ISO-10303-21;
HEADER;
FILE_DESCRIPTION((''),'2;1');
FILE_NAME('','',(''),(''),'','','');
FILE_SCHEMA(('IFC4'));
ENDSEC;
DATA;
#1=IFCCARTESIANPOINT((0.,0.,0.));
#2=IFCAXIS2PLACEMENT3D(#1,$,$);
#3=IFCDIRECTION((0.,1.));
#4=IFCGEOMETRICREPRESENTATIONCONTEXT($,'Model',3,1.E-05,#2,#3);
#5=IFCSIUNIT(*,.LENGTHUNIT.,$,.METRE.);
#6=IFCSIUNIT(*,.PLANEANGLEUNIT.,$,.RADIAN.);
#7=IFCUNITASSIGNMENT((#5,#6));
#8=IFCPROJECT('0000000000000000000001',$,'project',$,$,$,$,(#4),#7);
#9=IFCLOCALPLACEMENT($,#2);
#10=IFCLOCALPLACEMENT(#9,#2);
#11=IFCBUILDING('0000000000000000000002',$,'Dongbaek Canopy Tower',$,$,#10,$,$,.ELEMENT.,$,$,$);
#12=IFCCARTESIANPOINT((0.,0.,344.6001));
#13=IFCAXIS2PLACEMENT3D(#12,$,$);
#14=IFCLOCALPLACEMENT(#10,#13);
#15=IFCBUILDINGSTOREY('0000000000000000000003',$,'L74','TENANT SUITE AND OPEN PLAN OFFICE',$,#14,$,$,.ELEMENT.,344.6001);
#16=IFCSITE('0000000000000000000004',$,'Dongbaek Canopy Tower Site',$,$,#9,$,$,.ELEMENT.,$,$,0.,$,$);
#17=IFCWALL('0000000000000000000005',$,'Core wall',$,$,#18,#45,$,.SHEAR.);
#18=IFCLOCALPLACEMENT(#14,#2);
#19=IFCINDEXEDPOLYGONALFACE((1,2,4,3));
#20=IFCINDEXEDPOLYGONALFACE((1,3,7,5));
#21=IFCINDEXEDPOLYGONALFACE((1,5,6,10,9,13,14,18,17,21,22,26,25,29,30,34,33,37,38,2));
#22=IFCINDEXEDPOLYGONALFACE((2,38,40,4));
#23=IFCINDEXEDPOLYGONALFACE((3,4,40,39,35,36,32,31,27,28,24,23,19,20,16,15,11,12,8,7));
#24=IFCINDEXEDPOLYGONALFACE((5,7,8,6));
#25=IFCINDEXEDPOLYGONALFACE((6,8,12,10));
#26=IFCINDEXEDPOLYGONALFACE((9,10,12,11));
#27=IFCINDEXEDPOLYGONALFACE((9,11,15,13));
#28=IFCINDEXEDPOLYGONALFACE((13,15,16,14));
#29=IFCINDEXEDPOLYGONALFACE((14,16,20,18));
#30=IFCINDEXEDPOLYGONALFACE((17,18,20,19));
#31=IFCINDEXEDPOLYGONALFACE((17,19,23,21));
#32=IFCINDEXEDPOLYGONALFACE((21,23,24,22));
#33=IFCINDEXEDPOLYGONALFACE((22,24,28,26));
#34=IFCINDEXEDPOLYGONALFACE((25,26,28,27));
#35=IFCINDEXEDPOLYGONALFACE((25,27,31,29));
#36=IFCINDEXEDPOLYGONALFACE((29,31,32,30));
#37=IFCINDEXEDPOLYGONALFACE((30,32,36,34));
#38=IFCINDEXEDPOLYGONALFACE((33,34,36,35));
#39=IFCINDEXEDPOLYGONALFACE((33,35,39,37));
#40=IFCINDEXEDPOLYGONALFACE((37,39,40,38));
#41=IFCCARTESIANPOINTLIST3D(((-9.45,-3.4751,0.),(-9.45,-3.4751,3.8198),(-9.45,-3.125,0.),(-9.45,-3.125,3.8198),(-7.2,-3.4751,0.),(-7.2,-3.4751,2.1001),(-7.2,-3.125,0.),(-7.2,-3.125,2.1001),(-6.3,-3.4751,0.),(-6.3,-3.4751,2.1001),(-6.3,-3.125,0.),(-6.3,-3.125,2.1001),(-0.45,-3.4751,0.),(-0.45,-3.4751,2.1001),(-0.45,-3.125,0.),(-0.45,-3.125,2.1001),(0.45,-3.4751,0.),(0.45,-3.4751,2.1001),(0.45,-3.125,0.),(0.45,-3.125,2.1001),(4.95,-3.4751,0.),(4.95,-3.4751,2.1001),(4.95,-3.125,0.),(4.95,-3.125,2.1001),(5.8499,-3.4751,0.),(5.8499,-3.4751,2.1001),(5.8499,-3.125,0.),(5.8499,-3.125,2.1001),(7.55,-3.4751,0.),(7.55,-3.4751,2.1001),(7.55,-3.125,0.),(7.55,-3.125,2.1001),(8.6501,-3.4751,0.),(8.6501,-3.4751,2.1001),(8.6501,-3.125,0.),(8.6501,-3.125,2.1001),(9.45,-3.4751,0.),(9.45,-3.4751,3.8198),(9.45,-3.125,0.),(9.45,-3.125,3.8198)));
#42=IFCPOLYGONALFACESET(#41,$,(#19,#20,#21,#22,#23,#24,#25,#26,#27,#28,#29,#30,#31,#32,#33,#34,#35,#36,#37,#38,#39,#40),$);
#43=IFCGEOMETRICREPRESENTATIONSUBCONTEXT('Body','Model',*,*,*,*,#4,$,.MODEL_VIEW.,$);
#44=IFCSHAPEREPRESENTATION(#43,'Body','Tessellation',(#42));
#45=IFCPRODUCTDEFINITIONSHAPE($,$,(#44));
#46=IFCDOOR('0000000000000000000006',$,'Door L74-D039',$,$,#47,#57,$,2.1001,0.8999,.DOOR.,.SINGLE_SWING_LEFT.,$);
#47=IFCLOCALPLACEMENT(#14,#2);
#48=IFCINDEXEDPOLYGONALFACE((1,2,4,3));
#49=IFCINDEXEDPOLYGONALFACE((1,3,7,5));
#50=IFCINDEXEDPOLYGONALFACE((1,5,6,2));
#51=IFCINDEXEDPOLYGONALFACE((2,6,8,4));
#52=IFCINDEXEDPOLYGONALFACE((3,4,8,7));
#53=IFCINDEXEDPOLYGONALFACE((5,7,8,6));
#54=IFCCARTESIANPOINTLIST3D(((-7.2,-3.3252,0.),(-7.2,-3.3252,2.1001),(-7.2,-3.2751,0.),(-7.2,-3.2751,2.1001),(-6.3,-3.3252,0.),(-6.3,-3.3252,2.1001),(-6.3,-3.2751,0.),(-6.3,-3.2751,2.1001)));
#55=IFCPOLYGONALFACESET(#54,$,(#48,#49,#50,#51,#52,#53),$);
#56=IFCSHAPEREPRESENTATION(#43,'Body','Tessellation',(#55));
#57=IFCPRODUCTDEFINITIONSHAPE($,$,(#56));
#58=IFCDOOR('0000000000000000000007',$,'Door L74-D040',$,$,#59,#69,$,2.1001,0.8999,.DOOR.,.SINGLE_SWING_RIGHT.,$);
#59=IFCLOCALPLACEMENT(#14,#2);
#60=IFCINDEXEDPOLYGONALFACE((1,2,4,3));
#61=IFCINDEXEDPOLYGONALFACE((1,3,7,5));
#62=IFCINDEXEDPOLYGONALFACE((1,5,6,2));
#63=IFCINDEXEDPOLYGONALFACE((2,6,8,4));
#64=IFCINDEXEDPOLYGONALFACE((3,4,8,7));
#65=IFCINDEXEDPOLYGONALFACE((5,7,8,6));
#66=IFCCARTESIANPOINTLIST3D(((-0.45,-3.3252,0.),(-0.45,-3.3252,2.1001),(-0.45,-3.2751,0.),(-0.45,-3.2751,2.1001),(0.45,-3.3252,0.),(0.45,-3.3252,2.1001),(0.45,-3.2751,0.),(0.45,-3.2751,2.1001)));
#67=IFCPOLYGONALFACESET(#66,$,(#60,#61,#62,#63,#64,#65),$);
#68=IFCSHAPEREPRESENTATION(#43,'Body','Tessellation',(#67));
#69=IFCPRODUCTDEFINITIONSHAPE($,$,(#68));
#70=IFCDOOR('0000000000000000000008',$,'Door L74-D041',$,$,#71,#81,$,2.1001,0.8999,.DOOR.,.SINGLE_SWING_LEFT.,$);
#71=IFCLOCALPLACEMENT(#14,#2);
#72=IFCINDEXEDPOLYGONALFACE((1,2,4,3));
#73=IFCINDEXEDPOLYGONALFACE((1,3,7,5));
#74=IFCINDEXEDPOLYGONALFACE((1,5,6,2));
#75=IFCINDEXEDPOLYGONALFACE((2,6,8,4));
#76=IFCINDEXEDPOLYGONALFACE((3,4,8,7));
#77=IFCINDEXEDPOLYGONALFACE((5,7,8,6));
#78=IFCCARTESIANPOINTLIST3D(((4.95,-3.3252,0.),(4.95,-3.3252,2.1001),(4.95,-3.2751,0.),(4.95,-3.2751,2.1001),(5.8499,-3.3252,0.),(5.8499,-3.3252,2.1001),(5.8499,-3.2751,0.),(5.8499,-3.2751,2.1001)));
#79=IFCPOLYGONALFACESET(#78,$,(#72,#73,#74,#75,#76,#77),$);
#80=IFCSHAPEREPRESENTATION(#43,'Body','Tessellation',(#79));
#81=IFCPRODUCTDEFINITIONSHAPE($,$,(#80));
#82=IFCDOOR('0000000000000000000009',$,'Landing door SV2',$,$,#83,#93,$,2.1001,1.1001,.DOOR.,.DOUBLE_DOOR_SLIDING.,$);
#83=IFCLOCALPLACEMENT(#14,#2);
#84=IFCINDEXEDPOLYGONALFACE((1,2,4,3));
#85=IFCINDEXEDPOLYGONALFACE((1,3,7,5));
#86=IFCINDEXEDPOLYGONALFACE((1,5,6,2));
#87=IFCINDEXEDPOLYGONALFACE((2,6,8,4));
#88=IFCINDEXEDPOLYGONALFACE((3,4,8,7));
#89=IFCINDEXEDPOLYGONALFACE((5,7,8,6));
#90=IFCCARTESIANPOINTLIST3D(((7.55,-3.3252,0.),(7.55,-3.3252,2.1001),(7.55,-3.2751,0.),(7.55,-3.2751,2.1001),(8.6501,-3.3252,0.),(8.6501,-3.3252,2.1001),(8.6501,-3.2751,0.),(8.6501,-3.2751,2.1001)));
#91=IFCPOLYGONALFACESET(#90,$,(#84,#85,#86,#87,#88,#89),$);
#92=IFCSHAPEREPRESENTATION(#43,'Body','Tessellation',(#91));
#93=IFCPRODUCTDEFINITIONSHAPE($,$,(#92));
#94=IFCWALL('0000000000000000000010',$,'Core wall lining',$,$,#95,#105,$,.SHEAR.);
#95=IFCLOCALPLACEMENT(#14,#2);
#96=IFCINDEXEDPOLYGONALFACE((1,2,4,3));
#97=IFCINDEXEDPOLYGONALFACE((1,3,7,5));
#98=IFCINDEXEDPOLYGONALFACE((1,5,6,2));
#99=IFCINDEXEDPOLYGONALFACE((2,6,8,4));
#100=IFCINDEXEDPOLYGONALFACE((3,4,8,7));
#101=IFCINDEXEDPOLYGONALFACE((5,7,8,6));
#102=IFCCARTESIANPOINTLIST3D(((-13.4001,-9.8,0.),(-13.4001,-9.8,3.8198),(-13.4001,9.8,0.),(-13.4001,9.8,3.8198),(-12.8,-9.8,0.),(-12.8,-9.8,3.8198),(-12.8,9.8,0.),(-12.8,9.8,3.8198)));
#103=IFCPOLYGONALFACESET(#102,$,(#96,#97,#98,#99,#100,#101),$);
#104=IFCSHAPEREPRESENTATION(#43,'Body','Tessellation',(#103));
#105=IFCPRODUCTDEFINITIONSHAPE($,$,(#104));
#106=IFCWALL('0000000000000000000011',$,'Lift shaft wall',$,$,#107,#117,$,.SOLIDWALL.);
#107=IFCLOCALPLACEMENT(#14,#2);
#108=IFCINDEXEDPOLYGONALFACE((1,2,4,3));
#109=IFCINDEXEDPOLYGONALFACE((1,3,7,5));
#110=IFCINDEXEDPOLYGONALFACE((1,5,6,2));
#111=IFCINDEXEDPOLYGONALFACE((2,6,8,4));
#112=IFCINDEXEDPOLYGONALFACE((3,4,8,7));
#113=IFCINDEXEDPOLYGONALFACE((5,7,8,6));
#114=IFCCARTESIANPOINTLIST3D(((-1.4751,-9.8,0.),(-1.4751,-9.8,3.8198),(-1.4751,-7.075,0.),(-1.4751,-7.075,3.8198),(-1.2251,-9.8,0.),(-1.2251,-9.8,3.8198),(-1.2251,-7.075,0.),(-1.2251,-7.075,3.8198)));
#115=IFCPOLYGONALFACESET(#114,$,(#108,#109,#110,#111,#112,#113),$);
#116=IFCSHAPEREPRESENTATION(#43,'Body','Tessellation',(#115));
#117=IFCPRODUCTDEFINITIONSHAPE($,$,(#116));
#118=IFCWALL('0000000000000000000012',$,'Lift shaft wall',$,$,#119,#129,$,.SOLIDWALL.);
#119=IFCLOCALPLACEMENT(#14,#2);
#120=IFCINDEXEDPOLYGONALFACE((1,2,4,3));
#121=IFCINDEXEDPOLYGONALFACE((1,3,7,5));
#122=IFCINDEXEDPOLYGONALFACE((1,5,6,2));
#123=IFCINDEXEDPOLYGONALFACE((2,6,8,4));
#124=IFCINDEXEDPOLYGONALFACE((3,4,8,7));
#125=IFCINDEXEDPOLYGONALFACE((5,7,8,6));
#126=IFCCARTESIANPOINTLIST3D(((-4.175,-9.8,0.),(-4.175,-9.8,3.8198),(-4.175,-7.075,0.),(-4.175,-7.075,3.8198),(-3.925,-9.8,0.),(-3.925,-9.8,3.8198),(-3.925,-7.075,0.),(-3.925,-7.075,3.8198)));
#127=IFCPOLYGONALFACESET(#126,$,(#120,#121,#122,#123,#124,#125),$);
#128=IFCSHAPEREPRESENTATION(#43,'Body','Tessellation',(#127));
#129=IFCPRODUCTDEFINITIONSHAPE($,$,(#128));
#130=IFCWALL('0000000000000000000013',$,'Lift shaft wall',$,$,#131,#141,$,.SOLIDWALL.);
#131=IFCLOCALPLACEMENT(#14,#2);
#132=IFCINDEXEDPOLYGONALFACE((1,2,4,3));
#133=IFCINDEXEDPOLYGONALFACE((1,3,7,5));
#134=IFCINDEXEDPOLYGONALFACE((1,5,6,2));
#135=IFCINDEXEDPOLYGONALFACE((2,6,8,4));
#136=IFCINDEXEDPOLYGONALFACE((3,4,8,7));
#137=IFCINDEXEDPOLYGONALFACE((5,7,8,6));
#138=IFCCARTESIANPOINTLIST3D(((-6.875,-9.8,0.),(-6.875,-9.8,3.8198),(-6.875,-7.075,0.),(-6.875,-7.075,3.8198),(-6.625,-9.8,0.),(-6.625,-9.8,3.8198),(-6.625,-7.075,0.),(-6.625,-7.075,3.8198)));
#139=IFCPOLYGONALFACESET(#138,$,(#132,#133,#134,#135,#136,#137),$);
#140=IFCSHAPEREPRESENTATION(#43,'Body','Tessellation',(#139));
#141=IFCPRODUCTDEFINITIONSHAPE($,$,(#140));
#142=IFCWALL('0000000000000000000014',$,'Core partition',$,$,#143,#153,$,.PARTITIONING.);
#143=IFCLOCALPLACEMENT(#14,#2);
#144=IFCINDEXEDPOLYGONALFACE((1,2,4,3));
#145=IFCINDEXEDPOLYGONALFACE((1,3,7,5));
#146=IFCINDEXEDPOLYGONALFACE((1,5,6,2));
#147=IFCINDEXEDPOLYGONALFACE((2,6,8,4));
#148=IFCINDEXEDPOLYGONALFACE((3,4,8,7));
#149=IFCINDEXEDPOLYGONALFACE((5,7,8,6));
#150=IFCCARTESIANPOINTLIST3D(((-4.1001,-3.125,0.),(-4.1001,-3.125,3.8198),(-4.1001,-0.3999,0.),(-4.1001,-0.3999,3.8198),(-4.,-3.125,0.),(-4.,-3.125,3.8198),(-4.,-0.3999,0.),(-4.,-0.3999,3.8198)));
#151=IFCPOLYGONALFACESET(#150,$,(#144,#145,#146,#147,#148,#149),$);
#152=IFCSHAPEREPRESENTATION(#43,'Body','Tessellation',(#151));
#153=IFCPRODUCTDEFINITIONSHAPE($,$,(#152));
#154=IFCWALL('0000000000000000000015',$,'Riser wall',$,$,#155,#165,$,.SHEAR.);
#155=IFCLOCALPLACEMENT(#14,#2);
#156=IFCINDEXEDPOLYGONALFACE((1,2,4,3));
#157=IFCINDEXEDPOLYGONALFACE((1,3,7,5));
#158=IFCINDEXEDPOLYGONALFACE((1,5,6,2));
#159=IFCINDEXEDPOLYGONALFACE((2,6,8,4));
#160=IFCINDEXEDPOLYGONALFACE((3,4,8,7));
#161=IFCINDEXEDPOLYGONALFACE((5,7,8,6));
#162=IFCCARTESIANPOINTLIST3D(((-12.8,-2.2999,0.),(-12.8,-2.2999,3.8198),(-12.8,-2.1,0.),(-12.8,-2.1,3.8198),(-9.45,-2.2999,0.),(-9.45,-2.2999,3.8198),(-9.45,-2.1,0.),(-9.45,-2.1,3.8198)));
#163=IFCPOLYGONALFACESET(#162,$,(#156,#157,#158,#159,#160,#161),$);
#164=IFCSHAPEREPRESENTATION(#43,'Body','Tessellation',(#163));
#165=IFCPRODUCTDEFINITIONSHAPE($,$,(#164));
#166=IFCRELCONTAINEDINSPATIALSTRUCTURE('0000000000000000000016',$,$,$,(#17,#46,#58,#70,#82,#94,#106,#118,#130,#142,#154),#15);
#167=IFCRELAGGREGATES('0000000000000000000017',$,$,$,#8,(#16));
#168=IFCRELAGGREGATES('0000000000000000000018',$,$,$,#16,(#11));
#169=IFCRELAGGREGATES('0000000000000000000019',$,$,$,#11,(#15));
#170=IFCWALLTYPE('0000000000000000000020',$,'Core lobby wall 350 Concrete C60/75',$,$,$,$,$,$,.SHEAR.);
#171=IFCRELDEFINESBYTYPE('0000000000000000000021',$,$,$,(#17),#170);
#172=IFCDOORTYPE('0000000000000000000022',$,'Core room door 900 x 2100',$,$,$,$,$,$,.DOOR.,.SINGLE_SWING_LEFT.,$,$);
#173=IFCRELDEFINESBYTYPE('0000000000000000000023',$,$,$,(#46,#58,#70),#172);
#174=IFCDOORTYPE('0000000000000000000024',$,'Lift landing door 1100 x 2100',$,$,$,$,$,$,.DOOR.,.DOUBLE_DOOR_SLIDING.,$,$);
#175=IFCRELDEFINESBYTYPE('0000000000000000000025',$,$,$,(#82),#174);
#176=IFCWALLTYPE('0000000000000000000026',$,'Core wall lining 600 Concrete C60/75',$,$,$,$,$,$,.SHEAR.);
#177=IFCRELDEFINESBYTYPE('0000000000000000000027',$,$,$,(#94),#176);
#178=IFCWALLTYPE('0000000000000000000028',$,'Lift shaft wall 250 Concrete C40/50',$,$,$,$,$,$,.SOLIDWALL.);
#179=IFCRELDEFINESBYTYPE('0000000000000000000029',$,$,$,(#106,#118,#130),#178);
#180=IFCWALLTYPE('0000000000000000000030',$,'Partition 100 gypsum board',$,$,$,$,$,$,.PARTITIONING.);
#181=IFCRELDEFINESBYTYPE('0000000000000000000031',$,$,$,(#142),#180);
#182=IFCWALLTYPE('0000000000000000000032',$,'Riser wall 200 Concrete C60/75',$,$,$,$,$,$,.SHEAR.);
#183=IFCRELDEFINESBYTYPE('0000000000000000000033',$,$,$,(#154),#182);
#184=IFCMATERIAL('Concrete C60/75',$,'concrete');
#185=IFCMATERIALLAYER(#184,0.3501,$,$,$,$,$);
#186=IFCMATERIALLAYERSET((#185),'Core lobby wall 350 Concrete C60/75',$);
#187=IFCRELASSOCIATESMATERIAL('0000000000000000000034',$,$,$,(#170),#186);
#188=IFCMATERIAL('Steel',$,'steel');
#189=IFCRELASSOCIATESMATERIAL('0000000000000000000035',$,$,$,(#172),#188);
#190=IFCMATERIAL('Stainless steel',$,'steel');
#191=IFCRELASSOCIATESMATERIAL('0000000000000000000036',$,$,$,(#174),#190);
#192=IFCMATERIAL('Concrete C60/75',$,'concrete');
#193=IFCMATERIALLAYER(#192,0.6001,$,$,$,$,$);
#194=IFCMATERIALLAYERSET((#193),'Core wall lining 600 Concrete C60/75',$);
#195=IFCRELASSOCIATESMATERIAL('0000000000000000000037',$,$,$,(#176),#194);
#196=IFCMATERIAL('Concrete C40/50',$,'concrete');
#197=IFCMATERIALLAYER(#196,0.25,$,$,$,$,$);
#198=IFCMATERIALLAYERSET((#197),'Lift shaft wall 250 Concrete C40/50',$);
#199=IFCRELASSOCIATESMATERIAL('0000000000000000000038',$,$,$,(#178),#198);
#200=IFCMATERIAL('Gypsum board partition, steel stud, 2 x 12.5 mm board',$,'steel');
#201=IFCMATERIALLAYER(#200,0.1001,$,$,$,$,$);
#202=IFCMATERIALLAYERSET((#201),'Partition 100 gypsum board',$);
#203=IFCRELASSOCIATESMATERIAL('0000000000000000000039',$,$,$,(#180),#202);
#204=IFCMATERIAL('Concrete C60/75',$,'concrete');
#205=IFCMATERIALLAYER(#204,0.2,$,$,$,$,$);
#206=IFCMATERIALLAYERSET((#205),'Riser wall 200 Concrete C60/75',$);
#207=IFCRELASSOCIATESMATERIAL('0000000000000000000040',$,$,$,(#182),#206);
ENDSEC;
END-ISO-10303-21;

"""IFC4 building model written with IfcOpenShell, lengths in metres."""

from ifc_helpers import new_model, si_unit, direction, frame, frame_2d, origin, place, context, subcontext, project, spatial, rectangle, extrude, material, layer, layer_set, type_object, element, fill, save


model = new_model("IFC4")

# Units and contexts
model_context = context("Model", 3, precision=1e-05, world=origin(), true_north=direction((0.0, 1.0)))
body_context = subcontext(model_context, "Body", "Model", "MODEL_VIEW")
ifc_project = project(units=[si_unit("LENGTHUNIT", "METRE"), si_unit("PLANEANGLEUNIT", "RADIAN")], contexts=[model_context])

# Site, building, storey
site_placement = place(None, origin())
site = spatial("IfcSite", under=ifc_project, at=site_placement, Name="Dongbaek Canopy Tower Site", CompositionType="ELEMENT", RefElevation=0.0)
building_placement = place(site_placement, origin())
building = spatial("IfcBuilding", under=site, at=building_placement, Name="Dongbaek Canopy Tower", CompositionType="ELEMENT")
storey_placement = place(building_placement, frame((0.0, 0.0, 344.6001)))
storey = spatial("IfcBuildingStorey", under=building, at=storey_placement, Name="L74", Description="TENANT SUITE AND OPEN PLAN OFFICE", CompositionType="ELEMENT", Elevation=344.6001)

# Wall, openings, doors
ifc_material_1 = material(Name="Concrete C60/75", Category="concrete")
ifc_layer_1 = layer(ifc_material_1, 0.3501)
ifc_layer_set_1 = layer_set([ifc_layer_1], Name="Core lobby wall 350 Concrete C60/75")
wall_type_1 = type_object("IfcWallType", Name="Core lobby wall 350 Concrete C60/75", PredefinedType="SHEAR", material=ifc_layer_set_1)
wall_1_placement = place(storey_placement, frame((-9.45, -3.3, 0.0), z_axis=(0.0, 0.0, 1.0), x_axis=(1.0, 0.0, 0.0)))
wall_1 = element("IfcWall", 1, at=wall_1_placement, inside=storey, type_object=wall_type_1, Name="Core wall", PredefinedType="SHEAR", context=body_context, shape_type="SweptSolid", body=[
    extrude(rectangle(XDim=18.8999, YDim=0.3501, at=frame_2d((9.45, 0.0))), origin(), (0.0, 0.0, 1.0), 3.8198),
])
opening_1_placement = place(wall_1_placement, frame((17.0, 0.0, 0.0)))
opening_1 = element("IfcOpeningElement", 2, at=opening_1_placement, cuts=wall_1, PredefinedType="OPENING", context=body_context, shape_type="SweptSolid", body=[
    extrude(rectangle(XDim=1.1001, YDim=2.1001, at=frame_2d((0.55, 1.05))), frame((0.0, 0.1851, 0.0), z_axis=(0.0, -1.0, 0.0), x_axis=(1.0, 0.0, 0.0)), (0.0, 0.0, 1.0), 0.3701),
])
opening_2_placement = place(wall_1_placement, frame((2.25, 0.0, 0.0)))
opening_2 = element("IfcOpeningElement", 3, at=opening_2_placement, cuts=wall_1, PredefinedType="OPENING", context=body_context, shape_type="SweptSolid", body=[
    extrude(rectangle(XDim=0.8999, YDim=2.1001, at=frame_2d((0.45, 1.05))), frame((0.0, 0.1851, 0.0), z_axis=(0.0, -1.0, 0.0), x_axis=(1.0, 0.0, 0.0)), (0.0, 0.0, 1.0), 0.3701),
])
opening_3_placement = place(wall_1_placement, frame((9.0, 0.0, 0.0)))
opening_3 = element("IfcOpeningElement", 4, at=opening_3_placement, cuts=wall_1, PredefinedType="OPENING", context=body_context, shape_type="SweptSolid", body=[
    extrude(rectangle(XDim=0.8999, YDim=2.1001, at=frame_2d((0.45, 1.05))), frame((0.0, 0.1851, 0.0), z_axis=(0.0, -1.0, 0.0), x_axis=(1.0, 0.0, 0.0)), (0.0, 0.0, 1.0), 0.3701),
])
opening_4_placement = place(wall_1_placement, frame((14.3999, 0.0, 0.0)))
opening_4 = element("IfcOpeningElement", 5, at=opening_4_placement, cuts=wall_1, PredefinedType="OPENING", context=body_context, shape_type="SweptSolid", body=[
    extrude(rectangle(XDim=0.8999, YDim=2.1001, at=frame_2d((0.45, 1.05))), frame((0.0, 0.1851, 0.0), z_axis=(0.0, -1.0, 0.0), x_axis=(1.0, 0.0, 0.0)), (0.0, 0.0, 1.0), 0.3701),
])
ifc_material_2 = material(Name="Steel", Category="steel")
door_type_1 = type_object("IfcDoorType", Name="Core room door 900 x 2100", OperationType="SINGLE_SWING_LEFT", PredefinedType="DOOR", material=ifc_material_2)
door_1_placement = place(opening_2_placement, origin())
door_1 = element("IfcDoor", 6, at=door_1_placement, inside=storey, type_object=door_type_1, Name="Door L74-D039", OperationType="SINGLE_SWING_LEFT", OverallHeight=2.1001, OverallWidth=0.8999, PredefinedType="DOOR", context=body_context, shape_type="SweptSolid", body=[
    extrude(rectangle(XDim=0.8999, YDim=2.1001, at=frame_2d((0.45, 1.05))), frame((0.0, 0.0249, 0.0), z_axis=(0.0, -1.0, 0.0), x_axis=(1.0, 0.0, 0.0)), (0.0, 0.0, 1.0), 0.05),
])
fill(opening_2, door_1)
door_2_placement = place(opening_3_placement, origin())
door_2 = element("IfcDoor", 7, at=door_2_placement, inside=storey, type_object=door_type_1, Name="Door L74-D040", OperationType="SINGLE_SWING_RIGHT", OverallHeight=2.1001, OverallWidth=0.8999, PredefinedType="DOOR", context=body_context, shape_type="SweptSolid", body=[
    extrude(rectangle(XDim=0.8999, YDim=2.1001, at=frame_2d((0.45, 1.05))), frame((0.0, 0.0249, 0.0), z_axis=(0.0, -1.0, 0.0), x_axis=(1.0, 0.0, 0.0)), (0.0, 0.0, 1.0), 0.05),
])
fill(opening_3, door_2)
door_3_placement = place(opening_4_placement, origin())
door_3 = element("IfcDoor", 8, at=door_3_placement, inside=storey, type_object=door_type_1, Name="Door L74-D041", OperationType="SINGLE_SWING_LEFT", OverallHeight=2.1001, OverallWidth=0.8999, PredefinedType="DOOR", context=body_context, shape_type="SweptSolid", body=[
    extrude(rectangle(XDim=0.8999, YDim=2.1001, at=frame_2d((0.45, 1.05))), frame((0.0, 0.0249, 0.0), z_axis=(0.0, -1.0, 0.0), x_axis=(1.0, 0.0, 0.0)), (0.0, 0.0, 1.0), 0.05),
])
fill(opening_4, door_3)
ifc_material_3 = material(Name="Stainless steel", Category="steel")
door_type_2 = type_object("IfcDoorType", Name="Lift landing door 1100 x 2100", OperationType="DOUBLE_DOOR_SLIDING", PredefinedType="DOOR", material=ifc_material_3)
door_4_placement = place(opening_1_placement, origin())
door_4 = element("IfcDoor", 9, at=door_4_placement, inside=storey, type_object=door_type_2, Name="Landing door SV2", OperationType="DOUBLE_DOOR_SLIDING", OverallHeight=2.1001, OverallWidth=1.1001, PredefinedType="DOOR", context=body_context, shape_type="SweptSolid", body=[
    extrude(rectangle(XDim=1.1001, YDim=2.1001, at=frame_2d((0.55, 1.05))), frame((0.0, 0.0249, 0.0), z_axis=(0.0, -1.0, 0.0), x_axis=(1.0, 0.0, 0.0)), (0.0, 0.0, 1.0), 0.05),
])
fill(opening_1, door_4)

# Walls
ifc_material_4 = material(Name="Concrete C60/75", Category="concrete")
ifc_layer_2 = layer(ifc_material_4, 0.6001)
ifc_layer_set_2 = layer_set([ifc_layer_2], Name="Core wall lining 600 Concrete C60/75")
wall_type_2 = type_object("IfcWallType", Name="Core wall lining 600 Concrete C60/75", PredefinedType="SHEAR", material=ifc_layer_set_2)
wall_2_placement = place(storey_placement, frame((-13.1001, -9.8, 0.0), z_axis=(0.0, 0.0, 1.0), x_axis=(0.0, 1.0, 0.0)))
element("IfcWall", 10, at=wall_2_placement, inside=storey, type_object=wall_type_2, Name="Core wall lining", PredefinedType="SHEAR", context=body_context, shape_type="SweptSolid", body=[
    extrude(rectangle(XDim=19.6001, YDim=0.6001, at=frame_2d((9.8, 0.0))), origin(), (0.0, 0.0, 1.0), 3.8198),
])
ifc_material_5 = material(Name="Concrete C40/50", Category="concrete")
ifc_layer_3 = layer(ifc_material_5, 0.25)
ifc_layer_set_3 = layer_set([ifc_layer_3], Name="Lift shaft wall 250 Concrete C40/50")
wall_type_3 = type_object("IfcWallType", Name="Lift shaft wall 250 Concrete C40/50", PredefinedType="SOLIDWALL", material=ifc_layer_set_3)
for number, where, z_axis, x_axis, name in (
    (11, (-1.3501, -9.8, 0.0), (0.0, 0.0, 1.0), (0.0, 1.0, 0.0), "Lift shaft wall"),
    (12, (-4.05, -9.8, 0.0), (0.0, 0.0, 1.0), (0.0, 1.0, 0.0), "Lift shaft wall"),
    (13, (-6.75, -9.8, 0.0), (0.0, 0.0, 1.0), (0.0, 1.0, 0.0), "Lift shaft wall"),
):
    element("IfcWall", number, at=place(storey_placement, frame(where, z_axis=z_axis, x_axis=x_axis)), inside=storey, type_object=wall_type_3, Name=name, PredefinedType="SOLIDWALL", context=body_context, shape_type="SweptSolid", body=[
        extrude(rectangle(XDim=2.7251, YDim=0.25, at=frame_2d((1.3625, 0.0))), origin(), (0.0, 0.0, 1.0), 3.8198),
    ])
ifc_material_6 = material(Name="Gypsum board partition, steel stud, 2 x 12.5 mm board", Category="steel")
ifc_layer_4 = layer(ifc_material_6, 0.1001)
ifc_layer_set_4 = layer_set([ifc_layer_4], Name="Partition 100 gypsum board")
wall_type_4 = type_object("IfcWallType", Name="Partition 100 gypsum board", PredefinedType="PARTITIONING", material=ifc_layer_set_4)
wall_3_placement = place(storey_placement, frame((-4.05, -3.125, 0.0), z_axis=(0.0, 0.0, 1.0), x_axis=(0.0, 1.0, 0.0)))
element("IfcWall", 14, at=wall_3_placement, inside=storey, type_object=wall_type_4, Name="Core partition", PredefinedType="PARTITIONING", context=body_context, shape_type="SweptSolid", body=[
    extrude(rectangle(XDim=2.7251, YDim=0.1001, at=frame_2d((1.3625, 0.0))), origin(), (0.0, 0.0, 1.0), 3.8198),
])
ifc_material_7 = material(Name="Concrete C60/75", Category="concrete")
ifc_layer_5 = layer(ifc_material_7, 0.2)
ifc_layer_set_5 = layer_set([ifc_layer_5], Name="Riser wall 200 Concrete C60/75")
wall_type_5 = type_object("IfcWallType", Name="Riser wall 200 Concrete C60/75", PredefinedType="SHEAR", material=ifc_layer_set_5)
wall_4_placement = place(storey_placement, frame((-9.45, -2.2, 0.0), z_axis=(0.0, 0.0, 1.0), x_axis=(-1.0, 0.0, 0.0)))
element("IfcWall", 15, at=wall_4_placement, inside=storey, type_object=wall_type_5, Name="Riser wall", PredefinedType="SHEAR", context=body_context, shape_type="SweptSolid", body=[
    extrude(rectangle(XDim=3.3501, YDim=0.2, at=frame_2d((1.675, 0.0))), origin(), (0.0, 0.0, 1.0), 3.8198),
])

save(model, "model.ifc")
